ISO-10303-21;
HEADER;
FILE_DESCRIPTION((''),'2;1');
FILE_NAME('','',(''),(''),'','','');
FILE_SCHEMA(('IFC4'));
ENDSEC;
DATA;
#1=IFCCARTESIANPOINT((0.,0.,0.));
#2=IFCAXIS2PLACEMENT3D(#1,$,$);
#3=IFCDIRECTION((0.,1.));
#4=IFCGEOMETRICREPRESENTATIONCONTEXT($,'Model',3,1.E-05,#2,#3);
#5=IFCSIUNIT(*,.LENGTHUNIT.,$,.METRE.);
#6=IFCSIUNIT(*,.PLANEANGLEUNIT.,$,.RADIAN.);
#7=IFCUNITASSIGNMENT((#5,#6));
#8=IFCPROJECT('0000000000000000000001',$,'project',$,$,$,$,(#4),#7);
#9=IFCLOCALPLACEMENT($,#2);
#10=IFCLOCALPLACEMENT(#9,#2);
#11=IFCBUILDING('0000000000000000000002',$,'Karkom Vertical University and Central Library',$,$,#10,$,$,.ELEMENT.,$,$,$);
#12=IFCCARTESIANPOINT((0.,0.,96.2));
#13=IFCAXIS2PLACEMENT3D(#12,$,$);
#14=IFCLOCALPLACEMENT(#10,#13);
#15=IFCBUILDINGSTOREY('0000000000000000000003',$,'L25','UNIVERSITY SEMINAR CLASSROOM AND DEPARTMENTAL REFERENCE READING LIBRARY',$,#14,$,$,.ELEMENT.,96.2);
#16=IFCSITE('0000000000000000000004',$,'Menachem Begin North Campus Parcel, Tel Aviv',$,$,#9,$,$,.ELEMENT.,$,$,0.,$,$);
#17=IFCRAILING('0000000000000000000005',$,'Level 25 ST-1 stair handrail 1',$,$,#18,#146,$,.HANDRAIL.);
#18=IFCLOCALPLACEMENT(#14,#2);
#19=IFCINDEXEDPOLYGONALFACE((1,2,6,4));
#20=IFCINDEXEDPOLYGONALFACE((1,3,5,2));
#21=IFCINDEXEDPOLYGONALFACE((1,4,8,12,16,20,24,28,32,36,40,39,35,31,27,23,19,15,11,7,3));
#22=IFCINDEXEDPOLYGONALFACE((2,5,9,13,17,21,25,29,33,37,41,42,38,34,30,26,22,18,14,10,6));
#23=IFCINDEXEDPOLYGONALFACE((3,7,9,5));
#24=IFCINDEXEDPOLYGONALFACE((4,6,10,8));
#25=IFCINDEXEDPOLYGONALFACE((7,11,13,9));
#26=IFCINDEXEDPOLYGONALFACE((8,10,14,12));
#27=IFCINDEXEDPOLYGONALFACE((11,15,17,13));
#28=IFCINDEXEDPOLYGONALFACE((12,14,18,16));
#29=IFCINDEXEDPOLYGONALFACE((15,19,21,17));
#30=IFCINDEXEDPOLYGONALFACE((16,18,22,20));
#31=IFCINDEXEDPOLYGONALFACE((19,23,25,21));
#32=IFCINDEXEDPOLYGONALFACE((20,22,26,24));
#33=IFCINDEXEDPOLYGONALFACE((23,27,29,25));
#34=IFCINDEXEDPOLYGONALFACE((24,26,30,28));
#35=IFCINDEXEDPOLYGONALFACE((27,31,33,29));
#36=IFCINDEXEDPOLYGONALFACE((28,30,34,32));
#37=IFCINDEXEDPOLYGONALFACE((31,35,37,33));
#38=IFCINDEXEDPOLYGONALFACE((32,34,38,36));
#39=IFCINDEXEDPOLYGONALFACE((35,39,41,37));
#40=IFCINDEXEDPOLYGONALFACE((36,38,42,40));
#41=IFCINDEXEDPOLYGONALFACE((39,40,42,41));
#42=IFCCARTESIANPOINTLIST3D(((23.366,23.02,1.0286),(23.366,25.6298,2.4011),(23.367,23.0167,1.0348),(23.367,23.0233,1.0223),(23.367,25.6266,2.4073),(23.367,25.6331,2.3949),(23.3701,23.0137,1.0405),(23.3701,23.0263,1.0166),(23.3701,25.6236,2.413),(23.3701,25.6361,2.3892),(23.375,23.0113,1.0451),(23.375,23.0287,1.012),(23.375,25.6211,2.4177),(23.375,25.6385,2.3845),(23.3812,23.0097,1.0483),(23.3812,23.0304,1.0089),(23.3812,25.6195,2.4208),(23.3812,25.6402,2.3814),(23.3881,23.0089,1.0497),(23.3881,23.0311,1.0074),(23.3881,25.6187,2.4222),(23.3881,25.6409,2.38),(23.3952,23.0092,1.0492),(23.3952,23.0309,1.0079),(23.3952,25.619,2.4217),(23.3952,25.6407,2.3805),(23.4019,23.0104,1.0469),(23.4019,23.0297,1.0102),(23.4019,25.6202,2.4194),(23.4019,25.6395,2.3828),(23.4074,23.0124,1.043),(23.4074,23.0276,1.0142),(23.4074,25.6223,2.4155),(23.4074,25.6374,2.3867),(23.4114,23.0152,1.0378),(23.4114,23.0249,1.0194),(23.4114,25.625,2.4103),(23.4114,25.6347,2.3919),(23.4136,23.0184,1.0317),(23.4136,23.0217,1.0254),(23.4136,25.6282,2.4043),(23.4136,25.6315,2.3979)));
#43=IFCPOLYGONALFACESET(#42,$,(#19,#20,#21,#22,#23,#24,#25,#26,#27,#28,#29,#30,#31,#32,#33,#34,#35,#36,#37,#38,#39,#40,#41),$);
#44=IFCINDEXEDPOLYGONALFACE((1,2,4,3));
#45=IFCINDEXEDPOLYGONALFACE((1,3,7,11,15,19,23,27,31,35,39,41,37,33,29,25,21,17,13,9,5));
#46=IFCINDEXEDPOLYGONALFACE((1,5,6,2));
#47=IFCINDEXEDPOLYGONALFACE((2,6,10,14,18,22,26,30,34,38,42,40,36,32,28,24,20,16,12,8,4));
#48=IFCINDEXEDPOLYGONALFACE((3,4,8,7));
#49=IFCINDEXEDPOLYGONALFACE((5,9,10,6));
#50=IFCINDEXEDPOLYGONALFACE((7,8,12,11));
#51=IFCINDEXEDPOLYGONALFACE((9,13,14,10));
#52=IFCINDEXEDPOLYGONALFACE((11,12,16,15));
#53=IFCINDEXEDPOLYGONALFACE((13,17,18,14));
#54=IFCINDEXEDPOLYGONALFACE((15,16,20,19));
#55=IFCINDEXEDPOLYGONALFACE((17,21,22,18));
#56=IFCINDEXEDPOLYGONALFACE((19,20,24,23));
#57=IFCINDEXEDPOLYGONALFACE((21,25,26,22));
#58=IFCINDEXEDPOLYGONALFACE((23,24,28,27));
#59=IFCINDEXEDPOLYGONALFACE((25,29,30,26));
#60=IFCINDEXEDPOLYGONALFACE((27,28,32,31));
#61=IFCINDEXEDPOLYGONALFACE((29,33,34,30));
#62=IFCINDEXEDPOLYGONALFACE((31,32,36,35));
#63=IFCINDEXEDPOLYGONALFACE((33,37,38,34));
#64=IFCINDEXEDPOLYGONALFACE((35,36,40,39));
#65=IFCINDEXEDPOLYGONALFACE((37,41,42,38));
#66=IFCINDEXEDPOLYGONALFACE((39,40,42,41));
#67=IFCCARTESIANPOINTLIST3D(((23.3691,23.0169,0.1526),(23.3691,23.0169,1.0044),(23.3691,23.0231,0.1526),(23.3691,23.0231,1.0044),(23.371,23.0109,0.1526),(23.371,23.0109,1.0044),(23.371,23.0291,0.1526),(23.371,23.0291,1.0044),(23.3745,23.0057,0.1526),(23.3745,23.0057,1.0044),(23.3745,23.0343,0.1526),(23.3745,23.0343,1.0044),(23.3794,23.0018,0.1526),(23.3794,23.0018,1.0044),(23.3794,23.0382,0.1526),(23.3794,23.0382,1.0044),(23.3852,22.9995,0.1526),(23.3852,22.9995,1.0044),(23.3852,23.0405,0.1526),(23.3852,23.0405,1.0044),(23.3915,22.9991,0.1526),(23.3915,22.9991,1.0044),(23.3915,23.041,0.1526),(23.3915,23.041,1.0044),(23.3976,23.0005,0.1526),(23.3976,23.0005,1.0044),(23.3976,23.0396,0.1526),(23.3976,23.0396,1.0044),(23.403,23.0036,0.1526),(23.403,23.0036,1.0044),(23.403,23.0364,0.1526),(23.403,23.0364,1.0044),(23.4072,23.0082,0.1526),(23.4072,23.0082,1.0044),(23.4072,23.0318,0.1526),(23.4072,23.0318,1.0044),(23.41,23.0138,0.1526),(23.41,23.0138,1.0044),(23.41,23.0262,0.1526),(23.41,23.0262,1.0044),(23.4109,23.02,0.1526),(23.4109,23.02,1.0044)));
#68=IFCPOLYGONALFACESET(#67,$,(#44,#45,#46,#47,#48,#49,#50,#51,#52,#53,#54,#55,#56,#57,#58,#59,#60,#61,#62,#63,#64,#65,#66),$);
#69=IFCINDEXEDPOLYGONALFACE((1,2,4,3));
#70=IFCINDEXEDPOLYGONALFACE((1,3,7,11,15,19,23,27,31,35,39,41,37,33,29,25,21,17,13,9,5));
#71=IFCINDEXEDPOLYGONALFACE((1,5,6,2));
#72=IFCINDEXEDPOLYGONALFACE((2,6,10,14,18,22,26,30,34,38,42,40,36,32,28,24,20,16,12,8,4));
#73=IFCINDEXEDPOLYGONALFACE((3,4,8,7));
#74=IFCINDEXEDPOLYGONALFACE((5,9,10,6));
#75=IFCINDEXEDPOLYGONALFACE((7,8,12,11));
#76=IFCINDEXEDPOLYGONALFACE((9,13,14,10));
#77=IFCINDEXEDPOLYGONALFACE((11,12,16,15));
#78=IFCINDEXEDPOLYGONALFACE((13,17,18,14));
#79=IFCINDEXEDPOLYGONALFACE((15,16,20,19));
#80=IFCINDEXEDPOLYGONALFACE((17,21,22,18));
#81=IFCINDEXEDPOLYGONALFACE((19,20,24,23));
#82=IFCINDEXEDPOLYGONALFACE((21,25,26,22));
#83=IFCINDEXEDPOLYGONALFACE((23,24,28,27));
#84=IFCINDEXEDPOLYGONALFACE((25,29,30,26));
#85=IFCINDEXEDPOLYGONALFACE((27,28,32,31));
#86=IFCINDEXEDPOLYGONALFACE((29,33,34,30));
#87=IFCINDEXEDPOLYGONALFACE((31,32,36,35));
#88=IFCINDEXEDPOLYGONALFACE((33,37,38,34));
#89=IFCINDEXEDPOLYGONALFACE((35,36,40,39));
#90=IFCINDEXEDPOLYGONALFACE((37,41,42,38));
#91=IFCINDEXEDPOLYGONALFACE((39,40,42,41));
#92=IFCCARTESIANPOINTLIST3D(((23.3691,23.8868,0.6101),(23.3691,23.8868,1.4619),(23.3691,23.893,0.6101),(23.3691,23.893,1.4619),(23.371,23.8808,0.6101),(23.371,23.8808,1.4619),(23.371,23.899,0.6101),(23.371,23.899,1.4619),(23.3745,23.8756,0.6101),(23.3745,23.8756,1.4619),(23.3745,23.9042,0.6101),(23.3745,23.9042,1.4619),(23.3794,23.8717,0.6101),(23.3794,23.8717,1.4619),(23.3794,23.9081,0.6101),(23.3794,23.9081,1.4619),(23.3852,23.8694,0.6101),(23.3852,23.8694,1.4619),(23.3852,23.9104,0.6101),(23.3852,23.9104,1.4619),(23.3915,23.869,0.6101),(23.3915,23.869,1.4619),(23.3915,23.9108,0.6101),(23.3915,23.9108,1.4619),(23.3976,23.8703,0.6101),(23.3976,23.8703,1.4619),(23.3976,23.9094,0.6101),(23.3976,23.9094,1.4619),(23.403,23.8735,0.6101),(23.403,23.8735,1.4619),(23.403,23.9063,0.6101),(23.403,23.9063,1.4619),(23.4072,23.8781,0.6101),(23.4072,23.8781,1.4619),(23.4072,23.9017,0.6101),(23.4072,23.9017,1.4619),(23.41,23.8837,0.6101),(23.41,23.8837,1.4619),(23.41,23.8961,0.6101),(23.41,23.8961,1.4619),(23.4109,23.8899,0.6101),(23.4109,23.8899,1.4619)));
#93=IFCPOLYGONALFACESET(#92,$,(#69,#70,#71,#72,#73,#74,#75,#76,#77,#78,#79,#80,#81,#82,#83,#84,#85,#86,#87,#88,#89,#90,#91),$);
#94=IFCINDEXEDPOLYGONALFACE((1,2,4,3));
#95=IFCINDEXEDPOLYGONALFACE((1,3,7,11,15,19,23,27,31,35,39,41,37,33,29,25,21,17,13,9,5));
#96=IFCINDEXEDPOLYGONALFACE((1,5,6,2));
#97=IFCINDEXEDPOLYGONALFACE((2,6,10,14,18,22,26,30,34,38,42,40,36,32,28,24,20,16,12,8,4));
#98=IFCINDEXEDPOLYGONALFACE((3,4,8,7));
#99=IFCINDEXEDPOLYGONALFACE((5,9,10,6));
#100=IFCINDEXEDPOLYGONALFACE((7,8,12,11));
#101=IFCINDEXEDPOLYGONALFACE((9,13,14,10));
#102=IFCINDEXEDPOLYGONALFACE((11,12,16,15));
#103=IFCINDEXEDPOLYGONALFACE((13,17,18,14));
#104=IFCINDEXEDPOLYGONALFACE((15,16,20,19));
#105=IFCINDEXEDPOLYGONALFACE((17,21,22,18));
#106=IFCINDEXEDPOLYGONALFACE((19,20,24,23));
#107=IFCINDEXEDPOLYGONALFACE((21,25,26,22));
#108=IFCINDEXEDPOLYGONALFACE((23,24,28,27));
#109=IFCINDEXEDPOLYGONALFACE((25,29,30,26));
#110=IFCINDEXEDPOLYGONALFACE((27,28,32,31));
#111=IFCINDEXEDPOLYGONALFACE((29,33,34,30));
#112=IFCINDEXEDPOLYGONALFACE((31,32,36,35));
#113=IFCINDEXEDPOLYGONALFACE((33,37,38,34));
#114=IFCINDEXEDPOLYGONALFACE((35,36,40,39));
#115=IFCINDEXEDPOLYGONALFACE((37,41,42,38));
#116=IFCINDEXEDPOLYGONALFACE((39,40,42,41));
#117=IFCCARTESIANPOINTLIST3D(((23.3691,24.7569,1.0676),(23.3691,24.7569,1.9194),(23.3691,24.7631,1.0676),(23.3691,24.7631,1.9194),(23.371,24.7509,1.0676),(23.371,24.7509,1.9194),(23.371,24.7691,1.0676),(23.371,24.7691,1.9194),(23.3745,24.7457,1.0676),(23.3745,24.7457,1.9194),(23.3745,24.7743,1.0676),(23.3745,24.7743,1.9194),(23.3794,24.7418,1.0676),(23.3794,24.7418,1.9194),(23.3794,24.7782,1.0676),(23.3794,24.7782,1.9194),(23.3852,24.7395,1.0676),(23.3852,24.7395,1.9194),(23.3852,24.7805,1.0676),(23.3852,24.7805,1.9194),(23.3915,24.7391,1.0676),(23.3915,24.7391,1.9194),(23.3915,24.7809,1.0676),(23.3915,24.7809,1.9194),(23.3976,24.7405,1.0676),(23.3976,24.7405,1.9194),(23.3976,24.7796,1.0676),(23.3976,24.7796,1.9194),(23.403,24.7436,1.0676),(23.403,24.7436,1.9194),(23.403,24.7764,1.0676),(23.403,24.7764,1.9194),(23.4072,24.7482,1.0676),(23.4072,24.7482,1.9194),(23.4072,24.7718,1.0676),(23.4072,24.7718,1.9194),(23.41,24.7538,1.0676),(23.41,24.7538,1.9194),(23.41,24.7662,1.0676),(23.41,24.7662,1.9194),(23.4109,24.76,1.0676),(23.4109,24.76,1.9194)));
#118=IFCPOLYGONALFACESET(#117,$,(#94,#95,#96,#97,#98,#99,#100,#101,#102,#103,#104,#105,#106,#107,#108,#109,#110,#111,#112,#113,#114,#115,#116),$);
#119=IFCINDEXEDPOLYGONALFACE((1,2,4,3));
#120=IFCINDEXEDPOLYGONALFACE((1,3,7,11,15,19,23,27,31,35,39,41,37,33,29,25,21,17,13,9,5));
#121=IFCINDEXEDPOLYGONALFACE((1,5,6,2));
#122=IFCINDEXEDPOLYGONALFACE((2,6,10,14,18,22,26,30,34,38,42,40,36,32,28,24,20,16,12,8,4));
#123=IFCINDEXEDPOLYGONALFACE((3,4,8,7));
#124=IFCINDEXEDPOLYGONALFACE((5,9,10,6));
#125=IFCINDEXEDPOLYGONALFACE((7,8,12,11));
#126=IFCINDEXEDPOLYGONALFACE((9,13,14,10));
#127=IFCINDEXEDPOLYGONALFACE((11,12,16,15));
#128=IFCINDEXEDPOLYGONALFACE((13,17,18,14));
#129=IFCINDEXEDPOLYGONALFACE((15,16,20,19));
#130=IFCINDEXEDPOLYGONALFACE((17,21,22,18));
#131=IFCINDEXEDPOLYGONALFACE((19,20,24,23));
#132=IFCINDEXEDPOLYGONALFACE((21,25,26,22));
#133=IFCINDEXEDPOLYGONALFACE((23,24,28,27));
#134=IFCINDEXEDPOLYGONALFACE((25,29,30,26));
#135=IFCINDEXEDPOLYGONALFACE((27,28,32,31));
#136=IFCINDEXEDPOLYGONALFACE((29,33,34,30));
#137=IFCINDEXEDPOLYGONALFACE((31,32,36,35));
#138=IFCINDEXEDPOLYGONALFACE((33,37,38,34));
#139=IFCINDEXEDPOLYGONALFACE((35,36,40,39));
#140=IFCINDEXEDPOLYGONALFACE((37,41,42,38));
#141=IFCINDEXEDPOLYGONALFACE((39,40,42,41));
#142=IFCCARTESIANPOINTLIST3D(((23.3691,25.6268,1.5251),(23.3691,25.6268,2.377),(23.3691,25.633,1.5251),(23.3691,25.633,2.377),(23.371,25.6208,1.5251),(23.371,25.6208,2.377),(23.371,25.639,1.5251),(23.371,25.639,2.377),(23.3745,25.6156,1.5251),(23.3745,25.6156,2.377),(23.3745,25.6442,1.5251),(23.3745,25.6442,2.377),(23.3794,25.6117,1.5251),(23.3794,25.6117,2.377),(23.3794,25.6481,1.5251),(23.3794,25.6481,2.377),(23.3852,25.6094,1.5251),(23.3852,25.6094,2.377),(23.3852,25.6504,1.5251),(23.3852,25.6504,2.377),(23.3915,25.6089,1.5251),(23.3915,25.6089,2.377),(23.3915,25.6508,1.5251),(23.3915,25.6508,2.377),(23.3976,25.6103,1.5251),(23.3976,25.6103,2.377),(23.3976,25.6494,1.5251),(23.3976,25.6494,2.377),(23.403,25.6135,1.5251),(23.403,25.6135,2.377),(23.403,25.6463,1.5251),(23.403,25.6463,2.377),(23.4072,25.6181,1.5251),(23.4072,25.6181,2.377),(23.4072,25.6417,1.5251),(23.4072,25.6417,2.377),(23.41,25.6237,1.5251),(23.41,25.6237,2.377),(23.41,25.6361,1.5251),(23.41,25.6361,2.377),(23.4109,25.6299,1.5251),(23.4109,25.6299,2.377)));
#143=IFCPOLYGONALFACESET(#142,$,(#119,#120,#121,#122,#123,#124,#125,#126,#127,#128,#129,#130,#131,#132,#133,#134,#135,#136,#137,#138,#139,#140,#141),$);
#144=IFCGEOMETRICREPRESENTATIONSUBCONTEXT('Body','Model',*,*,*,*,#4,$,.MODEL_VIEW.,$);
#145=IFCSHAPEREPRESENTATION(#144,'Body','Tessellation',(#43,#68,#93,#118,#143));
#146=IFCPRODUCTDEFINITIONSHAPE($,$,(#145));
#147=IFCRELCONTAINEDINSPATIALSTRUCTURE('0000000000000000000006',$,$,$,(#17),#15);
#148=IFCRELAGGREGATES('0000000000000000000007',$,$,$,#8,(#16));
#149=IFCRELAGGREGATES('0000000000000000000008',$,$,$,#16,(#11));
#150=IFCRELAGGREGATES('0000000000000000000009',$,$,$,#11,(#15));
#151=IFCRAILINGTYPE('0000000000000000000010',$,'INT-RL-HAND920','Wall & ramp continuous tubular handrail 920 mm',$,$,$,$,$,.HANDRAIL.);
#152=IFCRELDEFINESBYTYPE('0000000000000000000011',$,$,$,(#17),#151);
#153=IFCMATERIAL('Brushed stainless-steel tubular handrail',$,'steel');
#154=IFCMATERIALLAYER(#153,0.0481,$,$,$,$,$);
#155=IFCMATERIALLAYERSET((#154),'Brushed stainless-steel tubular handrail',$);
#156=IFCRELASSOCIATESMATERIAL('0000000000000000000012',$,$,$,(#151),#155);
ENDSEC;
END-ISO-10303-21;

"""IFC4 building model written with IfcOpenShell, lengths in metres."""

from ifc_helpers import new_model, si_unit, direction, frame, origin, origin_2d, place, context, subcontext, project, spatial, circle, extrude, material, layer, layer_set, type_object, element, save


model = new_model("IFC4")

# Units and contexts
model_context = context("Model", 3, precision=1e-05, world=origin(), true_north=direction((0.0, 1.0)))
body_context = subcontext(model_context, "Body", "Model", "MODEL_VIEW")
ifc_project = project(units=[si_unit("LENGTHUNIT", "METRE"), si_unit("PLANEANGLEUNIT", "RADIAN")], contexts=[model_context])

# Site, building, storey
site_placement = place(None, origin())
site = spatial("IfcSite", under=ifc_project, at=site_placement, Name="Menachem Begin North Campus Parcel, Tel Aviv", CompositionType="ELEMENT", RefElevation=0.0)
building_placement = place(site_placement, origin())
building = spatial("IfcBuilding", under=site, at=building_placement, Name="Karkom Vertical University and Central Library", CompositionType="ELEMENT")
storey_placement = place(building_placement, frame((0.0, 0.0, 96.2)))
storey = spatial("IfcBuildingStorey", under=building, at=storey_placement, Name="L25", Description="UNIVERSITY SEMINAR CLASSROOM AND DEPARTMENTAL REFERENCE READING LIBRARY", CompositionType="ELEMENT", Elevation=96.2)

# Railing
ifc_material_1 = material(Name="Brushed stainless-steel tubular handrail", Category="steel")
ifc_layer_1 = layer(ifc_material_1, 0.0481)
ifc_layer_set_1 = layer_set([ifc_layer_1], Name="Brushed stainless-steel tubular handrail")
railing_type_1 = type_object("IfcRailingType", Name="INT-RL-HAND920", Description="Wall & ramp continuous tubular handrail 920 mm", PredefinedType="HANDRAIL", material=ifc_layer_set_1)
railing_1_placement = place(storey_placement, frame((23.3899, 23.02, 0.1526)))
element("IfcRailing", 1, at=railing_1_placement, inside=storey, type_object=railing_type_1, Name="Level 25 ST-1 stair handrail 1", PredefinedType="HANDRAIL", context=body_context, shape_type="SweptSolid", body=[
    extrude(circle(Radius=0.0239, at=origin_2d()), frame((0.0, 0.0, 0.876), z_axis=(0.0, 0.885065, 0.465467), x_axis=(-1.0, 0.0, 0.0)), (0.0, 0.0, 1.0), 2.9487),
    extrude(circle(Radius=0.021, at=origin_2d()), origin(), (0.0, 0.0, 1.0), 0.8518),
    extrude(circle(Radius=0.021, at=origin_2d()), frame((0.0, 0.8699, 0.4575)), (0.0, 0.0, 1.0), 0.8518),
    extrude(circle(Radius=0.021, at=origin_2d()), frame((0.0, 1.74, 0.915)), (0.0, 0.0, 1.0), 0.8518),
    extrude(circle(Radius=0.021, at=origin_2d()), frame((0.0, 2.6099, 1.3726)), (0.0, 0.0, 1.0), 0.8518),
])

save(model, "model.ifc")
